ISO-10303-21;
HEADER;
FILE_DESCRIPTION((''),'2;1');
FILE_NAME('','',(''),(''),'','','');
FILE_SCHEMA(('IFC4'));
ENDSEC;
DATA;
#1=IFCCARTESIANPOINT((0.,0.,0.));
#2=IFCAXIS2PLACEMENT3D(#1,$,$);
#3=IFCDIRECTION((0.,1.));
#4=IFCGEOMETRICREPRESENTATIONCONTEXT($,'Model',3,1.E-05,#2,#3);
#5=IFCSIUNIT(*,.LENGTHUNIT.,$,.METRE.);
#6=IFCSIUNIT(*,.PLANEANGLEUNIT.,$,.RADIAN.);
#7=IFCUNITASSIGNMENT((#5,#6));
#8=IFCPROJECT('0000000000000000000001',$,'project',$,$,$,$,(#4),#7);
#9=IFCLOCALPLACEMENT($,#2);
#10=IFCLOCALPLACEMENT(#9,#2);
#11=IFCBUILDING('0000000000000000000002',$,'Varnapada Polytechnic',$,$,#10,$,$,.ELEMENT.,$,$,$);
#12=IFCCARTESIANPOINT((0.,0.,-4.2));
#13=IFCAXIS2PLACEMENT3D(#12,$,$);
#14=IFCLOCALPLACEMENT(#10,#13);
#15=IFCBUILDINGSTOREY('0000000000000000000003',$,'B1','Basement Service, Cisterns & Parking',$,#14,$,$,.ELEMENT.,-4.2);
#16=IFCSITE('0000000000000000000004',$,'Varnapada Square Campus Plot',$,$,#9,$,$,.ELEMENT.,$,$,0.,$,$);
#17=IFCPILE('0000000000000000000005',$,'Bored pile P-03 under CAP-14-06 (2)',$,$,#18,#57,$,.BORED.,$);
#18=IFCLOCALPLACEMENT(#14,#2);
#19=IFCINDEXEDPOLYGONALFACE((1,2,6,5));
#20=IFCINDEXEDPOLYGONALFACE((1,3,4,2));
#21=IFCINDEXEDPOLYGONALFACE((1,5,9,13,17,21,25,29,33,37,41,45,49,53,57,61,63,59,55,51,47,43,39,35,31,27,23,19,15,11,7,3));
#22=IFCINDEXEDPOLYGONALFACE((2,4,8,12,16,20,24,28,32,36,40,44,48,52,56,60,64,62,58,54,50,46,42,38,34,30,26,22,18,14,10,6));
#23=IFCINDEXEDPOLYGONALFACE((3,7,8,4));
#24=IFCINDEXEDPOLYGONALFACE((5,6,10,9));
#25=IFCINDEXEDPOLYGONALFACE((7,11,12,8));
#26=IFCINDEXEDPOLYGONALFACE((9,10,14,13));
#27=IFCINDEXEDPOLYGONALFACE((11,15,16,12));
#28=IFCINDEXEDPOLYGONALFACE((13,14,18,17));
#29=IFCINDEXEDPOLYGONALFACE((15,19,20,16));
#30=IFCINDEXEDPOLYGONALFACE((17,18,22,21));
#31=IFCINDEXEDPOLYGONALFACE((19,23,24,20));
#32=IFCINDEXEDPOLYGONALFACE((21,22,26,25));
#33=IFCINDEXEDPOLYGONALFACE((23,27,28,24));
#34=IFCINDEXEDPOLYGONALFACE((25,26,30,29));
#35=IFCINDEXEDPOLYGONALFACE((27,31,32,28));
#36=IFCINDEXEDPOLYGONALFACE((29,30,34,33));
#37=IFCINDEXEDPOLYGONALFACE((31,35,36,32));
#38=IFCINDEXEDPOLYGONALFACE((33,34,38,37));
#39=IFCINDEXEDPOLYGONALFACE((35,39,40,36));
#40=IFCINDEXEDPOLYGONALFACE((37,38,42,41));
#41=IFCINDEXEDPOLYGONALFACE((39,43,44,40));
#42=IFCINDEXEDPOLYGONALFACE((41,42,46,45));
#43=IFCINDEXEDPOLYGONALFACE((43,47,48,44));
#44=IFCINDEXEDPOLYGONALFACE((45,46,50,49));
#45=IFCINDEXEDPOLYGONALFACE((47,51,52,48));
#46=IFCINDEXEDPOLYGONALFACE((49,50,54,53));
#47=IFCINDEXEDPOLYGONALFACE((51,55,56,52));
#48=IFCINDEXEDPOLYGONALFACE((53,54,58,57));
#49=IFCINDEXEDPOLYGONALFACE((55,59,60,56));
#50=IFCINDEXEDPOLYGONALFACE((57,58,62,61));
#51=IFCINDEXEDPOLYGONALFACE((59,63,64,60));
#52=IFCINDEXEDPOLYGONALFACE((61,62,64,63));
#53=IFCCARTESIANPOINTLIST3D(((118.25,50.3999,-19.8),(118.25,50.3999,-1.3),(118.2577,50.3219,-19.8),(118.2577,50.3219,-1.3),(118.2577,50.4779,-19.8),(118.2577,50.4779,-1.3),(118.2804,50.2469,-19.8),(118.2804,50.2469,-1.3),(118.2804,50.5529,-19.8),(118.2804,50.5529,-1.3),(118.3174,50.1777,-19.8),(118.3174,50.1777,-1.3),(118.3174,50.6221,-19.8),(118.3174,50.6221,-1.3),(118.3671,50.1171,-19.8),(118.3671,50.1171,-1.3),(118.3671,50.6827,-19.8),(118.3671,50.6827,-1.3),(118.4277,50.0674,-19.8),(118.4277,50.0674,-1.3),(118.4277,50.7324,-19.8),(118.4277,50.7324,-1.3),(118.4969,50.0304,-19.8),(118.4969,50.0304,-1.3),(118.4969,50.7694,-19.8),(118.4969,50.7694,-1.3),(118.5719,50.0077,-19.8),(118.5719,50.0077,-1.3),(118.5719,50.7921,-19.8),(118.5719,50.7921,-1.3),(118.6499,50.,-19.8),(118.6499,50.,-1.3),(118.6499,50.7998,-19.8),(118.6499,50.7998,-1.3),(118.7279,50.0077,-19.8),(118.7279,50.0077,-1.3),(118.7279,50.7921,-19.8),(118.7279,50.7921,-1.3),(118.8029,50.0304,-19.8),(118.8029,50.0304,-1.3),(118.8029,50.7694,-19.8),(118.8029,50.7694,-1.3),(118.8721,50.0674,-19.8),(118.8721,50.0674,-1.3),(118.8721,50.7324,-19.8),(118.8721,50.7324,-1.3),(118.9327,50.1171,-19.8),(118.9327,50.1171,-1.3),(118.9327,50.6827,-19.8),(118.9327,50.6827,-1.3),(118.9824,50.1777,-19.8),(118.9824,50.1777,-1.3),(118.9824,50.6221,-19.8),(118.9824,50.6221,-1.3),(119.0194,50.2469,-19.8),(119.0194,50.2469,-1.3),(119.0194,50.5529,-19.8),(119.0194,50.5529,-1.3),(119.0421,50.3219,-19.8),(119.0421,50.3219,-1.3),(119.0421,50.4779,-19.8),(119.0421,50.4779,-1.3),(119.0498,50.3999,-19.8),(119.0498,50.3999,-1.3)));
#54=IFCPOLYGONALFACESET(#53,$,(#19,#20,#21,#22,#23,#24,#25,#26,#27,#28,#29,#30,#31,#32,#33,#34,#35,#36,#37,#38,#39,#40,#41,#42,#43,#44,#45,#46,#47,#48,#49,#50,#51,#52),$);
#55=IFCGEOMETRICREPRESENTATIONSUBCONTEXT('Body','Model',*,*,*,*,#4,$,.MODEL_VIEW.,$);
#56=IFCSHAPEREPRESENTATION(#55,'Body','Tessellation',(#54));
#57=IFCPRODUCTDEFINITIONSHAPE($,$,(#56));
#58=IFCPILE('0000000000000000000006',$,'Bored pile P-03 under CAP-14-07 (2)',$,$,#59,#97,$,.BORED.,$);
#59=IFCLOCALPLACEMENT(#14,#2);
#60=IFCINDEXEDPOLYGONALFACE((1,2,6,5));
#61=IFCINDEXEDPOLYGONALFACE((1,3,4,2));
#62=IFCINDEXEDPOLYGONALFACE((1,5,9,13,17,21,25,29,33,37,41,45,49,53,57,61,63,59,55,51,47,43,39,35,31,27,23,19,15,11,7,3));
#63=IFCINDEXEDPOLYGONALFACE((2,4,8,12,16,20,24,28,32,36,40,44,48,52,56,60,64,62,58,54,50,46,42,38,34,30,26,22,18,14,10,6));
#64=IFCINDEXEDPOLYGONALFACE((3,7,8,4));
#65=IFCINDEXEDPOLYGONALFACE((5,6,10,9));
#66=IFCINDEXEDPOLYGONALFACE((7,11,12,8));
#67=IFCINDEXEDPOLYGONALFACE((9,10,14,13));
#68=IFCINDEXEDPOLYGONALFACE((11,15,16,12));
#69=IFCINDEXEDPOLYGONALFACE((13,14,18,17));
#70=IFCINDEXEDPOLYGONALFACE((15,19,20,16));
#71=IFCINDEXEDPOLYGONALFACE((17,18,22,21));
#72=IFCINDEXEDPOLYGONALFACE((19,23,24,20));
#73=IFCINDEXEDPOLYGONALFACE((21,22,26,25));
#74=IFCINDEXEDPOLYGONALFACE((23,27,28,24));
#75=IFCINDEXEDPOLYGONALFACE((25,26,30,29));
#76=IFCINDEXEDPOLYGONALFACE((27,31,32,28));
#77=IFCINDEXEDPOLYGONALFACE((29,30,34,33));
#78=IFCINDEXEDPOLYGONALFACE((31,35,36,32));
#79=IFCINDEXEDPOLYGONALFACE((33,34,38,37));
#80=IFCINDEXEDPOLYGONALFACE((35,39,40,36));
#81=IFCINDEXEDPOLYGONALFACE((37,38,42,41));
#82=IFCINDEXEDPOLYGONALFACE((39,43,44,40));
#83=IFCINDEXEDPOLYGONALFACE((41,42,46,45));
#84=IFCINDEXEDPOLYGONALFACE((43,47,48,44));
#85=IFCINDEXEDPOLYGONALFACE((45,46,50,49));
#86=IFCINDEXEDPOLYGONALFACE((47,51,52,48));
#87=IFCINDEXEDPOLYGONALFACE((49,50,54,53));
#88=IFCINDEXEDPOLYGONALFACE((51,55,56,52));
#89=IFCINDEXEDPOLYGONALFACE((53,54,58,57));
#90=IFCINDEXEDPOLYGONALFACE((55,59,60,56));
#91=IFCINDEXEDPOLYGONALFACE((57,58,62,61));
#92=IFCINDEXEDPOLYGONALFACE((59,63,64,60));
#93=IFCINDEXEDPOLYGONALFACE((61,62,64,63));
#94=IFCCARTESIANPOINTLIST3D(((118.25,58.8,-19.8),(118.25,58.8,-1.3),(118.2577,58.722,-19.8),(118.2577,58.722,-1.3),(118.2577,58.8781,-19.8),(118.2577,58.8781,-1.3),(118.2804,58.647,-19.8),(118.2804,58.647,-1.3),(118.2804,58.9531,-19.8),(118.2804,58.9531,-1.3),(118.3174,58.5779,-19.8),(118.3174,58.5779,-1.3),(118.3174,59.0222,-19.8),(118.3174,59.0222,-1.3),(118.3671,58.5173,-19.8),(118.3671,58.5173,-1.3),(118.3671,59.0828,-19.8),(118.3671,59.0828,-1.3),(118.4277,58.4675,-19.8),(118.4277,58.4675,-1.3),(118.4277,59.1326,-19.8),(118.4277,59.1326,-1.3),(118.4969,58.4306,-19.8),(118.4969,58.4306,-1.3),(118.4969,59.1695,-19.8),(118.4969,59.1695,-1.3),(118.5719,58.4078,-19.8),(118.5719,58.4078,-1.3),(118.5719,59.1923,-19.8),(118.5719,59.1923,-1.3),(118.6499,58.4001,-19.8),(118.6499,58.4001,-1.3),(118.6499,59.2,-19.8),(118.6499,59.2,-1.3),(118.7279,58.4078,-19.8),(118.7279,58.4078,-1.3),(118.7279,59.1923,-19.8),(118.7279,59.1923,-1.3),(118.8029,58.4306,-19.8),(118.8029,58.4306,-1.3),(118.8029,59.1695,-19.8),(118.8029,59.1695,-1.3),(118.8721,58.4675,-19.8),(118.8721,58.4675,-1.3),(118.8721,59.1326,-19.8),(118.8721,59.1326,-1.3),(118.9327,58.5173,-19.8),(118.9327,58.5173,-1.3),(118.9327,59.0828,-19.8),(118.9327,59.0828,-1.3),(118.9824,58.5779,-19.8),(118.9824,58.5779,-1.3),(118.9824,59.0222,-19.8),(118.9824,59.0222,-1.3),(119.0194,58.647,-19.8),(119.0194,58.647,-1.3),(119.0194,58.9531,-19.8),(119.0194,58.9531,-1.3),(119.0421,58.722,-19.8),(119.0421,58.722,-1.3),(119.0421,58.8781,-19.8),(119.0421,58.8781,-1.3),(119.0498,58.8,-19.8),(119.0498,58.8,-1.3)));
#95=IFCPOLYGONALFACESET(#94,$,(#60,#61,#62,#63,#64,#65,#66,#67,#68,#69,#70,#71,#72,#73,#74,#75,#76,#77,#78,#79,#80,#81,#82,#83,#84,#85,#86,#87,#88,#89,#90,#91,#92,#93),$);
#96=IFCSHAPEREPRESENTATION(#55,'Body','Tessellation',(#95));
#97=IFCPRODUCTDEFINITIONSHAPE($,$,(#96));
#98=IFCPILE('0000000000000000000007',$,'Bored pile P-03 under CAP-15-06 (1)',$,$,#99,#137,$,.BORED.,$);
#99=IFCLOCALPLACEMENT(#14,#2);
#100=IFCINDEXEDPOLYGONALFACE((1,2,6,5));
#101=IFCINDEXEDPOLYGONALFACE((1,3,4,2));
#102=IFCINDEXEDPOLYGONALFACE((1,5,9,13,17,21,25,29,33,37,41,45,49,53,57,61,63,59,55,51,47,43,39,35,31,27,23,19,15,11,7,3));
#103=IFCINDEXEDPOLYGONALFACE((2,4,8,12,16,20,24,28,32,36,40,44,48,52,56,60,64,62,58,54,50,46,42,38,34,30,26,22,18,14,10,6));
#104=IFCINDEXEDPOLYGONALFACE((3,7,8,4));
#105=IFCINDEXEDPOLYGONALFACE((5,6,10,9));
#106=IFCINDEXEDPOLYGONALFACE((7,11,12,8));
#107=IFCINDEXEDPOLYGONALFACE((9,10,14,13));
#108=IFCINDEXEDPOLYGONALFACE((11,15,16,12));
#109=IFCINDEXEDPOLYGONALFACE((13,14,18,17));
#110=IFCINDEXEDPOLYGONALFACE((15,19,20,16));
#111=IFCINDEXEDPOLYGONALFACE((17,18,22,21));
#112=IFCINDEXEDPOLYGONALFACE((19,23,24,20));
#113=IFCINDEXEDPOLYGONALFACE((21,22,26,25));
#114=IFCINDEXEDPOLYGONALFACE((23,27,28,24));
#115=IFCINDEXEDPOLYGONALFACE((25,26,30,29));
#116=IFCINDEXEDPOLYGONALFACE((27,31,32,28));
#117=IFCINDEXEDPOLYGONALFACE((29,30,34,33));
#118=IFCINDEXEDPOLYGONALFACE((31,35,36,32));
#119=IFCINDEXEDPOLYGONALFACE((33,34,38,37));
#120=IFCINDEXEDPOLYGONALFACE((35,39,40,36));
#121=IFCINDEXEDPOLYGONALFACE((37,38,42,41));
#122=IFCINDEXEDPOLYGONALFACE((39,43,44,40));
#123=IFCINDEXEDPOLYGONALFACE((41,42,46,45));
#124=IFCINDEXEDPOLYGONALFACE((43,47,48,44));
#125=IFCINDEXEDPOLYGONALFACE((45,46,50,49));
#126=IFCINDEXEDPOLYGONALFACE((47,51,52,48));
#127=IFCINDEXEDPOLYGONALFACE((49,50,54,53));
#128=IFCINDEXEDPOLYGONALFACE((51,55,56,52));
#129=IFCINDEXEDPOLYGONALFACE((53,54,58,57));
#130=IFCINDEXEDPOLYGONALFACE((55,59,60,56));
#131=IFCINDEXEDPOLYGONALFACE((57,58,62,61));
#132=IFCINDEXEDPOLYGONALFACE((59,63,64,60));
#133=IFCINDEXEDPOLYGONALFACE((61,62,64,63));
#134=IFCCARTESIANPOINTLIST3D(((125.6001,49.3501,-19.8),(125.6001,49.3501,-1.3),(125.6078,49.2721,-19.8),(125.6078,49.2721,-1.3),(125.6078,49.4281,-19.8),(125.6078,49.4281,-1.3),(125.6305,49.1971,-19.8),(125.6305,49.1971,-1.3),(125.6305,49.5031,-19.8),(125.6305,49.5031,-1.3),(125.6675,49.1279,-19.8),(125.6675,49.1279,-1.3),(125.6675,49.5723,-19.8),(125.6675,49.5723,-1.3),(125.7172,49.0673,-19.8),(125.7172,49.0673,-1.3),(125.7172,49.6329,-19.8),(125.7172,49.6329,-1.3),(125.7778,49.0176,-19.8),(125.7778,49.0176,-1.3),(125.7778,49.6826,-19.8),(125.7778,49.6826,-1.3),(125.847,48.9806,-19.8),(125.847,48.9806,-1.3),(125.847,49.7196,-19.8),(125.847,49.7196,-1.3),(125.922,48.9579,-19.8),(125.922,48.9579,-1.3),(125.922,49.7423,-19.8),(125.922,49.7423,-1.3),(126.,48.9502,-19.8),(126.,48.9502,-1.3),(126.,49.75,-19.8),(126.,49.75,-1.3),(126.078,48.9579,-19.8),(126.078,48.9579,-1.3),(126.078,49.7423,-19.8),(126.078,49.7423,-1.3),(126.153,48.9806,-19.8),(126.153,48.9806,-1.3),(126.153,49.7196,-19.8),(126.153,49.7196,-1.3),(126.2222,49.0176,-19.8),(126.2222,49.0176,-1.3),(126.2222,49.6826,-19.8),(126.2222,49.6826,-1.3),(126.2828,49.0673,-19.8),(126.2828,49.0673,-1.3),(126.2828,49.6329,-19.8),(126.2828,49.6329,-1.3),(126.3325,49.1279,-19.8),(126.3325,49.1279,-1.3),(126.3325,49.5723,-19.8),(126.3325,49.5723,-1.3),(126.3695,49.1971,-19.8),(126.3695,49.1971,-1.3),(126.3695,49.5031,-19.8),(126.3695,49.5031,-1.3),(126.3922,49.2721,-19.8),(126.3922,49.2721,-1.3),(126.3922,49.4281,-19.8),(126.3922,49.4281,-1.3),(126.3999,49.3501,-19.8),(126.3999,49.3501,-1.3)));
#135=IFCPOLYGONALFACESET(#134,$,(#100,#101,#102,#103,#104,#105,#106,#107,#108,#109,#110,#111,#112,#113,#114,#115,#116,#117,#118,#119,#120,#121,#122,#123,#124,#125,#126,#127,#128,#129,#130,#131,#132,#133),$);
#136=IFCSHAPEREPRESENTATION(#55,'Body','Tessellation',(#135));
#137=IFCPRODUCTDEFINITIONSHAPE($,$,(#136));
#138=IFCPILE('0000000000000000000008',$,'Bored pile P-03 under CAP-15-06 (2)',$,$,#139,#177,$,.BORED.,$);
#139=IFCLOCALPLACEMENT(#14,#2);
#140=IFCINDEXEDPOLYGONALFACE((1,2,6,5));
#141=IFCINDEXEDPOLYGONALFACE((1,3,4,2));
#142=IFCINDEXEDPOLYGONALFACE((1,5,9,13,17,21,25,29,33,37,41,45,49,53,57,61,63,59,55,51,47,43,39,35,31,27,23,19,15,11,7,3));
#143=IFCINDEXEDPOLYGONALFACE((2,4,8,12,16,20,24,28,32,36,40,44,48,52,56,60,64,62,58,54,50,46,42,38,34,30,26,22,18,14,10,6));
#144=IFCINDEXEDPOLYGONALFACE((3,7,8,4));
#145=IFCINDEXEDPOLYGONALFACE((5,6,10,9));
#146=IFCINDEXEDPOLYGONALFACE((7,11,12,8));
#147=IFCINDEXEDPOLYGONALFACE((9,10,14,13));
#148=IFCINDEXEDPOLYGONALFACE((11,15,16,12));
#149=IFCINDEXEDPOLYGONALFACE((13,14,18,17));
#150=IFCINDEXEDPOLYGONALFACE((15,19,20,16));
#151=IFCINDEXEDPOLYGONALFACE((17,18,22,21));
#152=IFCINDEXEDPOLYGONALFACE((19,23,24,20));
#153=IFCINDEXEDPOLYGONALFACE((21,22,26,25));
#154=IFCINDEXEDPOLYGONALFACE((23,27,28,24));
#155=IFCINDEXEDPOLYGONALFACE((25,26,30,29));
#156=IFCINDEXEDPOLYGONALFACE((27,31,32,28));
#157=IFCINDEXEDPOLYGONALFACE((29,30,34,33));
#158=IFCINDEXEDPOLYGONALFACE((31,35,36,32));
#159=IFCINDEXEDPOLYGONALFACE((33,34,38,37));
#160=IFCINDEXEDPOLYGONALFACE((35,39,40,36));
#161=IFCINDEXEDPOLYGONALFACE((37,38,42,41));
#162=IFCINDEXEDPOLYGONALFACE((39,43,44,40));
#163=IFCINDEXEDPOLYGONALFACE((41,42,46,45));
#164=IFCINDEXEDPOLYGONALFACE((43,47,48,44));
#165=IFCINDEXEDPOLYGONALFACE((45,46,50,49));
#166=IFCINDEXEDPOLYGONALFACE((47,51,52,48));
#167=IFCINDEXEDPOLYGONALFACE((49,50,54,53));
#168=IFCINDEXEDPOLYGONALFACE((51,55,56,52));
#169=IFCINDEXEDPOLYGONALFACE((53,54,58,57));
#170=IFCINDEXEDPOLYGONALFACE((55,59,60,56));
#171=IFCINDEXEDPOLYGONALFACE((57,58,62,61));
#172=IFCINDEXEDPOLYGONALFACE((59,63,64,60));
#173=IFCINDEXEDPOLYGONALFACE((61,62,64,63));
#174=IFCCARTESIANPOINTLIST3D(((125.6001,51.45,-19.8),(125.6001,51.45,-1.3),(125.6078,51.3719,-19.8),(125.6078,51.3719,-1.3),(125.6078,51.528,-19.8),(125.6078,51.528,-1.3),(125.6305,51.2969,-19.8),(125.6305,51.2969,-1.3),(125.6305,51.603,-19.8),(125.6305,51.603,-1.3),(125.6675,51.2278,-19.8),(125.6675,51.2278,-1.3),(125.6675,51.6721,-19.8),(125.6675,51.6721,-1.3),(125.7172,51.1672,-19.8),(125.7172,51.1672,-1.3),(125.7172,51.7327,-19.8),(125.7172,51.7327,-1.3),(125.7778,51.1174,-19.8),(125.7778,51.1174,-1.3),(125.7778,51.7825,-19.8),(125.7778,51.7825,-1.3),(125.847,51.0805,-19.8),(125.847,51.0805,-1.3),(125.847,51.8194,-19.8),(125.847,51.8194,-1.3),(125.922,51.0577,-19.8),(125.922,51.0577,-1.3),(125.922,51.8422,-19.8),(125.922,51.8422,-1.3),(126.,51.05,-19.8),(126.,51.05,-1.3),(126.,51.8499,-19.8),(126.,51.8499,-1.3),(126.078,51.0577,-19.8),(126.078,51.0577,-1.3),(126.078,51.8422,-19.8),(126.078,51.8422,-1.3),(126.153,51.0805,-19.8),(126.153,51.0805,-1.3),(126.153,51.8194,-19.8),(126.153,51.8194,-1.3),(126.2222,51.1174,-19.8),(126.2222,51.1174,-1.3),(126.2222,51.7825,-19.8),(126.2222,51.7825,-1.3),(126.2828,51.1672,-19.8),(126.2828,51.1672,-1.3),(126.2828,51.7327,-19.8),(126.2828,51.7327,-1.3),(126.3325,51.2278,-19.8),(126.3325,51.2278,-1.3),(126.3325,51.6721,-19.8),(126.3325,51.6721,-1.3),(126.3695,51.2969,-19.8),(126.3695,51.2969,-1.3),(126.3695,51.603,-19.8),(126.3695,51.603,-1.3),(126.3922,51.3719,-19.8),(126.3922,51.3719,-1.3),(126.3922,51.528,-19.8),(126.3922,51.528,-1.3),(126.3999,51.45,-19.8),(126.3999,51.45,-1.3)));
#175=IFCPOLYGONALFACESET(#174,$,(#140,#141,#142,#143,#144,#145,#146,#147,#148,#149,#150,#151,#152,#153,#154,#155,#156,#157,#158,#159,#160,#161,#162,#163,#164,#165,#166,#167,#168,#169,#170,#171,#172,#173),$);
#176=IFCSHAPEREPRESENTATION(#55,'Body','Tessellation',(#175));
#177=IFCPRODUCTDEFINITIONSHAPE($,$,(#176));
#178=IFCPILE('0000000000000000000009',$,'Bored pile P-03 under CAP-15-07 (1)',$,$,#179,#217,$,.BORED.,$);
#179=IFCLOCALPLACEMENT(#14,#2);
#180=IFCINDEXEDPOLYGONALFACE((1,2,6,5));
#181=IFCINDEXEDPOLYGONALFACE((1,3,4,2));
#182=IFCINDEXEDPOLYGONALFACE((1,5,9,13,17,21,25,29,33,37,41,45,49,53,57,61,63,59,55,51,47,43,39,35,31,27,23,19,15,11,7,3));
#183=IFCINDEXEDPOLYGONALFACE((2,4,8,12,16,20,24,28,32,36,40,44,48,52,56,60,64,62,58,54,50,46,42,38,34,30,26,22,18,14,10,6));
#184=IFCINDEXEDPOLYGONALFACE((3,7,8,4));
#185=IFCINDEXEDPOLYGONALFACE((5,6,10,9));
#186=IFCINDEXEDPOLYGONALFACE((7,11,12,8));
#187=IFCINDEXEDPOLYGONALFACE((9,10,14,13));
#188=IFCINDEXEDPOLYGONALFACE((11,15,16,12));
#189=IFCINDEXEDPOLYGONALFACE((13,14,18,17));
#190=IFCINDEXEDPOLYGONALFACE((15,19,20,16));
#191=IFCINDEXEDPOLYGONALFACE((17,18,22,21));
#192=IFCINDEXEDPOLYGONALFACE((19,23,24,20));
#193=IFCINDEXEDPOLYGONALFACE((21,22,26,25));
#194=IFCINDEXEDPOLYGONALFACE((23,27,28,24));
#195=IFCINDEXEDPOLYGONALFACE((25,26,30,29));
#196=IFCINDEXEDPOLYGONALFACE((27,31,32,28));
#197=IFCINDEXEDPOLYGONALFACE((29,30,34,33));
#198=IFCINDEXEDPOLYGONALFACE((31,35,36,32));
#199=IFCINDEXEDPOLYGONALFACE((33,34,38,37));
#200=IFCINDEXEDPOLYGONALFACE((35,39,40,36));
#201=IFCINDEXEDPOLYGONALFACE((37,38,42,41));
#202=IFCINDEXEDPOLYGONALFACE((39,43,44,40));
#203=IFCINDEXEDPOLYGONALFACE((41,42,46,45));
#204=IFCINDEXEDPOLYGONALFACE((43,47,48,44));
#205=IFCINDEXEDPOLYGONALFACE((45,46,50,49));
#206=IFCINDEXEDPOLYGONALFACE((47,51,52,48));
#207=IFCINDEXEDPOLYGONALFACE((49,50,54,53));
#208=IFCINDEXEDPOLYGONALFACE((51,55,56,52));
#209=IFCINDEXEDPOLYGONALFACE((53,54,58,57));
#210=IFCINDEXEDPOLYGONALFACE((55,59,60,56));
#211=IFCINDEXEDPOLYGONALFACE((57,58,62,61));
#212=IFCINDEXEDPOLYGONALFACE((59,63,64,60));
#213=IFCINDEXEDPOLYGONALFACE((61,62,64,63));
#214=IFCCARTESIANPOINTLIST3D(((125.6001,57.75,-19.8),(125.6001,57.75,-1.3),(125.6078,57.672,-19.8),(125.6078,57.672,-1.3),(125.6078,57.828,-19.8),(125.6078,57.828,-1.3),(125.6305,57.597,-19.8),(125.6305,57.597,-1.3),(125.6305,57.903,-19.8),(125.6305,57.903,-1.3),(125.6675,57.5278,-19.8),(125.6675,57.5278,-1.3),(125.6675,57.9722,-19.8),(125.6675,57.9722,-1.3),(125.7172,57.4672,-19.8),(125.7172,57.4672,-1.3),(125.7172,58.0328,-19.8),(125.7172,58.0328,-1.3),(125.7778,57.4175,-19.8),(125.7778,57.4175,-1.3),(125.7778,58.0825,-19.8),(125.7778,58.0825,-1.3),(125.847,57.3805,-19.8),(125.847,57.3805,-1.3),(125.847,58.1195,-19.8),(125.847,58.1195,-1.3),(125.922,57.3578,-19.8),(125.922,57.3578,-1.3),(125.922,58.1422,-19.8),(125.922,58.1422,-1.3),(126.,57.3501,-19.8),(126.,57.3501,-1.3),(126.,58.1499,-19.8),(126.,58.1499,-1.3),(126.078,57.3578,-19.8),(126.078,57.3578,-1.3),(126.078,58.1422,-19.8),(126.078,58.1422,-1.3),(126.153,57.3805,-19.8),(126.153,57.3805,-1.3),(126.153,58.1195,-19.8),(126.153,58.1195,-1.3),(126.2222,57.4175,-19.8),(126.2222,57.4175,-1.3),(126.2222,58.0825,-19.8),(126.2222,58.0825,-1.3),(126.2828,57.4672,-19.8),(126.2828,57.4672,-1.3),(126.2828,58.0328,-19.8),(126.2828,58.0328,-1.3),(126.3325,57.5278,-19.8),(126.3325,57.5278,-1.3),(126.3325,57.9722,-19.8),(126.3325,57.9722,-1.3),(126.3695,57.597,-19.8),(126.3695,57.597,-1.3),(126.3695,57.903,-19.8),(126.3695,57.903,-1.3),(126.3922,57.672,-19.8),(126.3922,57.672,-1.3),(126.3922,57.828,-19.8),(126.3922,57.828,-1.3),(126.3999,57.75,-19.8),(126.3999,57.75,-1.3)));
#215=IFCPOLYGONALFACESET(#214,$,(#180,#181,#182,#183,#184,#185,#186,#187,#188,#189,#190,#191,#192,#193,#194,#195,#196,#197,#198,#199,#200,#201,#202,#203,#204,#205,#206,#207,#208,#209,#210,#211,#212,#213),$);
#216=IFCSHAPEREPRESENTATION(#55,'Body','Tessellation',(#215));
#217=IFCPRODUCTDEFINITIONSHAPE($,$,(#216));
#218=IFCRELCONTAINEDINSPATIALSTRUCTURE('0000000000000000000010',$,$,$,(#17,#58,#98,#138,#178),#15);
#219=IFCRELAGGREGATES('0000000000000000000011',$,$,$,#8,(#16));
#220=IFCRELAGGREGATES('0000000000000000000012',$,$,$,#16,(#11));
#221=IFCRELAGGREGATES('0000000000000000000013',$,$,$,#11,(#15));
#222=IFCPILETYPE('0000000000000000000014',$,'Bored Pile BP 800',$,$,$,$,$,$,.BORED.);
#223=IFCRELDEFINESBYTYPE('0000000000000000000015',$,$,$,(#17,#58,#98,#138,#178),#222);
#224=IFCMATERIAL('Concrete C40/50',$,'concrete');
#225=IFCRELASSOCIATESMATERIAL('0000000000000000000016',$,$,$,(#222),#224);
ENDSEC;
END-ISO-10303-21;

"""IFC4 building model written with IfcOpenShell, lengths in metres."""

from ifc_helpers import new_model, si_unit, direction, frame, origin, origin_2d, place, context, subcontext, project, spatial, circle, extrude, material, material_profile, profile_set, type_object, element, save


model = new_model("IFC4")

# Units and contexts
model_context = context("Model", 3, precision=1e-05, world=origin(), true_north=direction((0.0, 1.0)))
body_context = subcontext(model_context, "Body", "Model", "MODEL_VIEW")
ifc_project = project(units=[si_unit("LENGTHUNIT", "METRE"), si_unit("PLANEANGLEUNIT", "RADIAN")], contexts=[model_context])

# Site, building, storey
site_placement = place(None, origin())
site = spatial("IfcSite", under=ifc_project, at=site_placement, Name="Varnapada Square Campus Plot", CompositionType="ELEMENT", RefElevation=0.0)
building_placement = place(site_placement, origin())
building = spatial("IfcBuilding", under=site, at=building_placement, Name="Varnapada Polytechnic", CompositionType="ELEMENT")
storey_placement = place(building_placement, frame((0.0, 0.0, -4.2)))
storey = spatial("IfcBuildingStorey", under=building, at=storey_placement, Name="B1", Description="Basement Service, Cisterns & Parking", CompositionType="ELEMENT", Elevation=-4.2)

# Piles
ifc_material_1 = material(Name="Concrete C40/50", Category="concrete")
ifc_material_profile_1 = material_profile(ifc_material_1, circle(Radius=0.3999, at=origin_2d()), Name="BP 800")
ifc_profile_set_1 = profile_set([ifc_material_profile_1], Name="Concrete C40/50")
pile_type = type_object("IfcPileType", Name="Bored Pile BP 800", PredefinedType="BORED", material=ifc_profile_set_1)
for number, where, z_axis, x_axis, name in (
    (1, (118.6499, 50.3999, -1.3), (0.0, 0.0, -1.0), (1.0, 0.0, 0.0), "Bored pile P-03 under CAP-14-06 (2)"),
    (2, (118.6499, 58.8, -1.3), (0.0, 0.0, -1.0), (1.0, 0.0, 0.0), "Bored pile P-03 under CAP-14-07 (2)"),
    (3, (126.0, 49.3501, -1.3), (0.0, 0.0, -1.0), (1.0, 0.0, 0.0), "Bored pile P-03 under CAP-15-06 (1)"),
    (4, (126.0, 51.45, -1.3), (0.0, 0.0, -1.0), (1.0, 0.0, 0.0), "Bored pile P-03 under CAP-15-06 (2)"),
    (5, (126.0, 57.75, -1.3), (0.0, 0.0, -1.0), (1.0, 0.0, 0.0), "Bored pile P-03 under CAP-15-07 (1)"),
):
    element("IfcPile", number, at=place(storey_placement, frame(where, z_axis=z_axis, x_axis=x_axis)), inside=storey, type_object=pile_type, Name=name, PredefinedType="BORED", context=body_context, shape_type="SweptSolid", body=[
        extrude(circle(Radius=0.3999, at=origin_2d()), origin(), (0.0, 0.0, 1.0), 18.5),
    ])

save(model, "model.ifc")
